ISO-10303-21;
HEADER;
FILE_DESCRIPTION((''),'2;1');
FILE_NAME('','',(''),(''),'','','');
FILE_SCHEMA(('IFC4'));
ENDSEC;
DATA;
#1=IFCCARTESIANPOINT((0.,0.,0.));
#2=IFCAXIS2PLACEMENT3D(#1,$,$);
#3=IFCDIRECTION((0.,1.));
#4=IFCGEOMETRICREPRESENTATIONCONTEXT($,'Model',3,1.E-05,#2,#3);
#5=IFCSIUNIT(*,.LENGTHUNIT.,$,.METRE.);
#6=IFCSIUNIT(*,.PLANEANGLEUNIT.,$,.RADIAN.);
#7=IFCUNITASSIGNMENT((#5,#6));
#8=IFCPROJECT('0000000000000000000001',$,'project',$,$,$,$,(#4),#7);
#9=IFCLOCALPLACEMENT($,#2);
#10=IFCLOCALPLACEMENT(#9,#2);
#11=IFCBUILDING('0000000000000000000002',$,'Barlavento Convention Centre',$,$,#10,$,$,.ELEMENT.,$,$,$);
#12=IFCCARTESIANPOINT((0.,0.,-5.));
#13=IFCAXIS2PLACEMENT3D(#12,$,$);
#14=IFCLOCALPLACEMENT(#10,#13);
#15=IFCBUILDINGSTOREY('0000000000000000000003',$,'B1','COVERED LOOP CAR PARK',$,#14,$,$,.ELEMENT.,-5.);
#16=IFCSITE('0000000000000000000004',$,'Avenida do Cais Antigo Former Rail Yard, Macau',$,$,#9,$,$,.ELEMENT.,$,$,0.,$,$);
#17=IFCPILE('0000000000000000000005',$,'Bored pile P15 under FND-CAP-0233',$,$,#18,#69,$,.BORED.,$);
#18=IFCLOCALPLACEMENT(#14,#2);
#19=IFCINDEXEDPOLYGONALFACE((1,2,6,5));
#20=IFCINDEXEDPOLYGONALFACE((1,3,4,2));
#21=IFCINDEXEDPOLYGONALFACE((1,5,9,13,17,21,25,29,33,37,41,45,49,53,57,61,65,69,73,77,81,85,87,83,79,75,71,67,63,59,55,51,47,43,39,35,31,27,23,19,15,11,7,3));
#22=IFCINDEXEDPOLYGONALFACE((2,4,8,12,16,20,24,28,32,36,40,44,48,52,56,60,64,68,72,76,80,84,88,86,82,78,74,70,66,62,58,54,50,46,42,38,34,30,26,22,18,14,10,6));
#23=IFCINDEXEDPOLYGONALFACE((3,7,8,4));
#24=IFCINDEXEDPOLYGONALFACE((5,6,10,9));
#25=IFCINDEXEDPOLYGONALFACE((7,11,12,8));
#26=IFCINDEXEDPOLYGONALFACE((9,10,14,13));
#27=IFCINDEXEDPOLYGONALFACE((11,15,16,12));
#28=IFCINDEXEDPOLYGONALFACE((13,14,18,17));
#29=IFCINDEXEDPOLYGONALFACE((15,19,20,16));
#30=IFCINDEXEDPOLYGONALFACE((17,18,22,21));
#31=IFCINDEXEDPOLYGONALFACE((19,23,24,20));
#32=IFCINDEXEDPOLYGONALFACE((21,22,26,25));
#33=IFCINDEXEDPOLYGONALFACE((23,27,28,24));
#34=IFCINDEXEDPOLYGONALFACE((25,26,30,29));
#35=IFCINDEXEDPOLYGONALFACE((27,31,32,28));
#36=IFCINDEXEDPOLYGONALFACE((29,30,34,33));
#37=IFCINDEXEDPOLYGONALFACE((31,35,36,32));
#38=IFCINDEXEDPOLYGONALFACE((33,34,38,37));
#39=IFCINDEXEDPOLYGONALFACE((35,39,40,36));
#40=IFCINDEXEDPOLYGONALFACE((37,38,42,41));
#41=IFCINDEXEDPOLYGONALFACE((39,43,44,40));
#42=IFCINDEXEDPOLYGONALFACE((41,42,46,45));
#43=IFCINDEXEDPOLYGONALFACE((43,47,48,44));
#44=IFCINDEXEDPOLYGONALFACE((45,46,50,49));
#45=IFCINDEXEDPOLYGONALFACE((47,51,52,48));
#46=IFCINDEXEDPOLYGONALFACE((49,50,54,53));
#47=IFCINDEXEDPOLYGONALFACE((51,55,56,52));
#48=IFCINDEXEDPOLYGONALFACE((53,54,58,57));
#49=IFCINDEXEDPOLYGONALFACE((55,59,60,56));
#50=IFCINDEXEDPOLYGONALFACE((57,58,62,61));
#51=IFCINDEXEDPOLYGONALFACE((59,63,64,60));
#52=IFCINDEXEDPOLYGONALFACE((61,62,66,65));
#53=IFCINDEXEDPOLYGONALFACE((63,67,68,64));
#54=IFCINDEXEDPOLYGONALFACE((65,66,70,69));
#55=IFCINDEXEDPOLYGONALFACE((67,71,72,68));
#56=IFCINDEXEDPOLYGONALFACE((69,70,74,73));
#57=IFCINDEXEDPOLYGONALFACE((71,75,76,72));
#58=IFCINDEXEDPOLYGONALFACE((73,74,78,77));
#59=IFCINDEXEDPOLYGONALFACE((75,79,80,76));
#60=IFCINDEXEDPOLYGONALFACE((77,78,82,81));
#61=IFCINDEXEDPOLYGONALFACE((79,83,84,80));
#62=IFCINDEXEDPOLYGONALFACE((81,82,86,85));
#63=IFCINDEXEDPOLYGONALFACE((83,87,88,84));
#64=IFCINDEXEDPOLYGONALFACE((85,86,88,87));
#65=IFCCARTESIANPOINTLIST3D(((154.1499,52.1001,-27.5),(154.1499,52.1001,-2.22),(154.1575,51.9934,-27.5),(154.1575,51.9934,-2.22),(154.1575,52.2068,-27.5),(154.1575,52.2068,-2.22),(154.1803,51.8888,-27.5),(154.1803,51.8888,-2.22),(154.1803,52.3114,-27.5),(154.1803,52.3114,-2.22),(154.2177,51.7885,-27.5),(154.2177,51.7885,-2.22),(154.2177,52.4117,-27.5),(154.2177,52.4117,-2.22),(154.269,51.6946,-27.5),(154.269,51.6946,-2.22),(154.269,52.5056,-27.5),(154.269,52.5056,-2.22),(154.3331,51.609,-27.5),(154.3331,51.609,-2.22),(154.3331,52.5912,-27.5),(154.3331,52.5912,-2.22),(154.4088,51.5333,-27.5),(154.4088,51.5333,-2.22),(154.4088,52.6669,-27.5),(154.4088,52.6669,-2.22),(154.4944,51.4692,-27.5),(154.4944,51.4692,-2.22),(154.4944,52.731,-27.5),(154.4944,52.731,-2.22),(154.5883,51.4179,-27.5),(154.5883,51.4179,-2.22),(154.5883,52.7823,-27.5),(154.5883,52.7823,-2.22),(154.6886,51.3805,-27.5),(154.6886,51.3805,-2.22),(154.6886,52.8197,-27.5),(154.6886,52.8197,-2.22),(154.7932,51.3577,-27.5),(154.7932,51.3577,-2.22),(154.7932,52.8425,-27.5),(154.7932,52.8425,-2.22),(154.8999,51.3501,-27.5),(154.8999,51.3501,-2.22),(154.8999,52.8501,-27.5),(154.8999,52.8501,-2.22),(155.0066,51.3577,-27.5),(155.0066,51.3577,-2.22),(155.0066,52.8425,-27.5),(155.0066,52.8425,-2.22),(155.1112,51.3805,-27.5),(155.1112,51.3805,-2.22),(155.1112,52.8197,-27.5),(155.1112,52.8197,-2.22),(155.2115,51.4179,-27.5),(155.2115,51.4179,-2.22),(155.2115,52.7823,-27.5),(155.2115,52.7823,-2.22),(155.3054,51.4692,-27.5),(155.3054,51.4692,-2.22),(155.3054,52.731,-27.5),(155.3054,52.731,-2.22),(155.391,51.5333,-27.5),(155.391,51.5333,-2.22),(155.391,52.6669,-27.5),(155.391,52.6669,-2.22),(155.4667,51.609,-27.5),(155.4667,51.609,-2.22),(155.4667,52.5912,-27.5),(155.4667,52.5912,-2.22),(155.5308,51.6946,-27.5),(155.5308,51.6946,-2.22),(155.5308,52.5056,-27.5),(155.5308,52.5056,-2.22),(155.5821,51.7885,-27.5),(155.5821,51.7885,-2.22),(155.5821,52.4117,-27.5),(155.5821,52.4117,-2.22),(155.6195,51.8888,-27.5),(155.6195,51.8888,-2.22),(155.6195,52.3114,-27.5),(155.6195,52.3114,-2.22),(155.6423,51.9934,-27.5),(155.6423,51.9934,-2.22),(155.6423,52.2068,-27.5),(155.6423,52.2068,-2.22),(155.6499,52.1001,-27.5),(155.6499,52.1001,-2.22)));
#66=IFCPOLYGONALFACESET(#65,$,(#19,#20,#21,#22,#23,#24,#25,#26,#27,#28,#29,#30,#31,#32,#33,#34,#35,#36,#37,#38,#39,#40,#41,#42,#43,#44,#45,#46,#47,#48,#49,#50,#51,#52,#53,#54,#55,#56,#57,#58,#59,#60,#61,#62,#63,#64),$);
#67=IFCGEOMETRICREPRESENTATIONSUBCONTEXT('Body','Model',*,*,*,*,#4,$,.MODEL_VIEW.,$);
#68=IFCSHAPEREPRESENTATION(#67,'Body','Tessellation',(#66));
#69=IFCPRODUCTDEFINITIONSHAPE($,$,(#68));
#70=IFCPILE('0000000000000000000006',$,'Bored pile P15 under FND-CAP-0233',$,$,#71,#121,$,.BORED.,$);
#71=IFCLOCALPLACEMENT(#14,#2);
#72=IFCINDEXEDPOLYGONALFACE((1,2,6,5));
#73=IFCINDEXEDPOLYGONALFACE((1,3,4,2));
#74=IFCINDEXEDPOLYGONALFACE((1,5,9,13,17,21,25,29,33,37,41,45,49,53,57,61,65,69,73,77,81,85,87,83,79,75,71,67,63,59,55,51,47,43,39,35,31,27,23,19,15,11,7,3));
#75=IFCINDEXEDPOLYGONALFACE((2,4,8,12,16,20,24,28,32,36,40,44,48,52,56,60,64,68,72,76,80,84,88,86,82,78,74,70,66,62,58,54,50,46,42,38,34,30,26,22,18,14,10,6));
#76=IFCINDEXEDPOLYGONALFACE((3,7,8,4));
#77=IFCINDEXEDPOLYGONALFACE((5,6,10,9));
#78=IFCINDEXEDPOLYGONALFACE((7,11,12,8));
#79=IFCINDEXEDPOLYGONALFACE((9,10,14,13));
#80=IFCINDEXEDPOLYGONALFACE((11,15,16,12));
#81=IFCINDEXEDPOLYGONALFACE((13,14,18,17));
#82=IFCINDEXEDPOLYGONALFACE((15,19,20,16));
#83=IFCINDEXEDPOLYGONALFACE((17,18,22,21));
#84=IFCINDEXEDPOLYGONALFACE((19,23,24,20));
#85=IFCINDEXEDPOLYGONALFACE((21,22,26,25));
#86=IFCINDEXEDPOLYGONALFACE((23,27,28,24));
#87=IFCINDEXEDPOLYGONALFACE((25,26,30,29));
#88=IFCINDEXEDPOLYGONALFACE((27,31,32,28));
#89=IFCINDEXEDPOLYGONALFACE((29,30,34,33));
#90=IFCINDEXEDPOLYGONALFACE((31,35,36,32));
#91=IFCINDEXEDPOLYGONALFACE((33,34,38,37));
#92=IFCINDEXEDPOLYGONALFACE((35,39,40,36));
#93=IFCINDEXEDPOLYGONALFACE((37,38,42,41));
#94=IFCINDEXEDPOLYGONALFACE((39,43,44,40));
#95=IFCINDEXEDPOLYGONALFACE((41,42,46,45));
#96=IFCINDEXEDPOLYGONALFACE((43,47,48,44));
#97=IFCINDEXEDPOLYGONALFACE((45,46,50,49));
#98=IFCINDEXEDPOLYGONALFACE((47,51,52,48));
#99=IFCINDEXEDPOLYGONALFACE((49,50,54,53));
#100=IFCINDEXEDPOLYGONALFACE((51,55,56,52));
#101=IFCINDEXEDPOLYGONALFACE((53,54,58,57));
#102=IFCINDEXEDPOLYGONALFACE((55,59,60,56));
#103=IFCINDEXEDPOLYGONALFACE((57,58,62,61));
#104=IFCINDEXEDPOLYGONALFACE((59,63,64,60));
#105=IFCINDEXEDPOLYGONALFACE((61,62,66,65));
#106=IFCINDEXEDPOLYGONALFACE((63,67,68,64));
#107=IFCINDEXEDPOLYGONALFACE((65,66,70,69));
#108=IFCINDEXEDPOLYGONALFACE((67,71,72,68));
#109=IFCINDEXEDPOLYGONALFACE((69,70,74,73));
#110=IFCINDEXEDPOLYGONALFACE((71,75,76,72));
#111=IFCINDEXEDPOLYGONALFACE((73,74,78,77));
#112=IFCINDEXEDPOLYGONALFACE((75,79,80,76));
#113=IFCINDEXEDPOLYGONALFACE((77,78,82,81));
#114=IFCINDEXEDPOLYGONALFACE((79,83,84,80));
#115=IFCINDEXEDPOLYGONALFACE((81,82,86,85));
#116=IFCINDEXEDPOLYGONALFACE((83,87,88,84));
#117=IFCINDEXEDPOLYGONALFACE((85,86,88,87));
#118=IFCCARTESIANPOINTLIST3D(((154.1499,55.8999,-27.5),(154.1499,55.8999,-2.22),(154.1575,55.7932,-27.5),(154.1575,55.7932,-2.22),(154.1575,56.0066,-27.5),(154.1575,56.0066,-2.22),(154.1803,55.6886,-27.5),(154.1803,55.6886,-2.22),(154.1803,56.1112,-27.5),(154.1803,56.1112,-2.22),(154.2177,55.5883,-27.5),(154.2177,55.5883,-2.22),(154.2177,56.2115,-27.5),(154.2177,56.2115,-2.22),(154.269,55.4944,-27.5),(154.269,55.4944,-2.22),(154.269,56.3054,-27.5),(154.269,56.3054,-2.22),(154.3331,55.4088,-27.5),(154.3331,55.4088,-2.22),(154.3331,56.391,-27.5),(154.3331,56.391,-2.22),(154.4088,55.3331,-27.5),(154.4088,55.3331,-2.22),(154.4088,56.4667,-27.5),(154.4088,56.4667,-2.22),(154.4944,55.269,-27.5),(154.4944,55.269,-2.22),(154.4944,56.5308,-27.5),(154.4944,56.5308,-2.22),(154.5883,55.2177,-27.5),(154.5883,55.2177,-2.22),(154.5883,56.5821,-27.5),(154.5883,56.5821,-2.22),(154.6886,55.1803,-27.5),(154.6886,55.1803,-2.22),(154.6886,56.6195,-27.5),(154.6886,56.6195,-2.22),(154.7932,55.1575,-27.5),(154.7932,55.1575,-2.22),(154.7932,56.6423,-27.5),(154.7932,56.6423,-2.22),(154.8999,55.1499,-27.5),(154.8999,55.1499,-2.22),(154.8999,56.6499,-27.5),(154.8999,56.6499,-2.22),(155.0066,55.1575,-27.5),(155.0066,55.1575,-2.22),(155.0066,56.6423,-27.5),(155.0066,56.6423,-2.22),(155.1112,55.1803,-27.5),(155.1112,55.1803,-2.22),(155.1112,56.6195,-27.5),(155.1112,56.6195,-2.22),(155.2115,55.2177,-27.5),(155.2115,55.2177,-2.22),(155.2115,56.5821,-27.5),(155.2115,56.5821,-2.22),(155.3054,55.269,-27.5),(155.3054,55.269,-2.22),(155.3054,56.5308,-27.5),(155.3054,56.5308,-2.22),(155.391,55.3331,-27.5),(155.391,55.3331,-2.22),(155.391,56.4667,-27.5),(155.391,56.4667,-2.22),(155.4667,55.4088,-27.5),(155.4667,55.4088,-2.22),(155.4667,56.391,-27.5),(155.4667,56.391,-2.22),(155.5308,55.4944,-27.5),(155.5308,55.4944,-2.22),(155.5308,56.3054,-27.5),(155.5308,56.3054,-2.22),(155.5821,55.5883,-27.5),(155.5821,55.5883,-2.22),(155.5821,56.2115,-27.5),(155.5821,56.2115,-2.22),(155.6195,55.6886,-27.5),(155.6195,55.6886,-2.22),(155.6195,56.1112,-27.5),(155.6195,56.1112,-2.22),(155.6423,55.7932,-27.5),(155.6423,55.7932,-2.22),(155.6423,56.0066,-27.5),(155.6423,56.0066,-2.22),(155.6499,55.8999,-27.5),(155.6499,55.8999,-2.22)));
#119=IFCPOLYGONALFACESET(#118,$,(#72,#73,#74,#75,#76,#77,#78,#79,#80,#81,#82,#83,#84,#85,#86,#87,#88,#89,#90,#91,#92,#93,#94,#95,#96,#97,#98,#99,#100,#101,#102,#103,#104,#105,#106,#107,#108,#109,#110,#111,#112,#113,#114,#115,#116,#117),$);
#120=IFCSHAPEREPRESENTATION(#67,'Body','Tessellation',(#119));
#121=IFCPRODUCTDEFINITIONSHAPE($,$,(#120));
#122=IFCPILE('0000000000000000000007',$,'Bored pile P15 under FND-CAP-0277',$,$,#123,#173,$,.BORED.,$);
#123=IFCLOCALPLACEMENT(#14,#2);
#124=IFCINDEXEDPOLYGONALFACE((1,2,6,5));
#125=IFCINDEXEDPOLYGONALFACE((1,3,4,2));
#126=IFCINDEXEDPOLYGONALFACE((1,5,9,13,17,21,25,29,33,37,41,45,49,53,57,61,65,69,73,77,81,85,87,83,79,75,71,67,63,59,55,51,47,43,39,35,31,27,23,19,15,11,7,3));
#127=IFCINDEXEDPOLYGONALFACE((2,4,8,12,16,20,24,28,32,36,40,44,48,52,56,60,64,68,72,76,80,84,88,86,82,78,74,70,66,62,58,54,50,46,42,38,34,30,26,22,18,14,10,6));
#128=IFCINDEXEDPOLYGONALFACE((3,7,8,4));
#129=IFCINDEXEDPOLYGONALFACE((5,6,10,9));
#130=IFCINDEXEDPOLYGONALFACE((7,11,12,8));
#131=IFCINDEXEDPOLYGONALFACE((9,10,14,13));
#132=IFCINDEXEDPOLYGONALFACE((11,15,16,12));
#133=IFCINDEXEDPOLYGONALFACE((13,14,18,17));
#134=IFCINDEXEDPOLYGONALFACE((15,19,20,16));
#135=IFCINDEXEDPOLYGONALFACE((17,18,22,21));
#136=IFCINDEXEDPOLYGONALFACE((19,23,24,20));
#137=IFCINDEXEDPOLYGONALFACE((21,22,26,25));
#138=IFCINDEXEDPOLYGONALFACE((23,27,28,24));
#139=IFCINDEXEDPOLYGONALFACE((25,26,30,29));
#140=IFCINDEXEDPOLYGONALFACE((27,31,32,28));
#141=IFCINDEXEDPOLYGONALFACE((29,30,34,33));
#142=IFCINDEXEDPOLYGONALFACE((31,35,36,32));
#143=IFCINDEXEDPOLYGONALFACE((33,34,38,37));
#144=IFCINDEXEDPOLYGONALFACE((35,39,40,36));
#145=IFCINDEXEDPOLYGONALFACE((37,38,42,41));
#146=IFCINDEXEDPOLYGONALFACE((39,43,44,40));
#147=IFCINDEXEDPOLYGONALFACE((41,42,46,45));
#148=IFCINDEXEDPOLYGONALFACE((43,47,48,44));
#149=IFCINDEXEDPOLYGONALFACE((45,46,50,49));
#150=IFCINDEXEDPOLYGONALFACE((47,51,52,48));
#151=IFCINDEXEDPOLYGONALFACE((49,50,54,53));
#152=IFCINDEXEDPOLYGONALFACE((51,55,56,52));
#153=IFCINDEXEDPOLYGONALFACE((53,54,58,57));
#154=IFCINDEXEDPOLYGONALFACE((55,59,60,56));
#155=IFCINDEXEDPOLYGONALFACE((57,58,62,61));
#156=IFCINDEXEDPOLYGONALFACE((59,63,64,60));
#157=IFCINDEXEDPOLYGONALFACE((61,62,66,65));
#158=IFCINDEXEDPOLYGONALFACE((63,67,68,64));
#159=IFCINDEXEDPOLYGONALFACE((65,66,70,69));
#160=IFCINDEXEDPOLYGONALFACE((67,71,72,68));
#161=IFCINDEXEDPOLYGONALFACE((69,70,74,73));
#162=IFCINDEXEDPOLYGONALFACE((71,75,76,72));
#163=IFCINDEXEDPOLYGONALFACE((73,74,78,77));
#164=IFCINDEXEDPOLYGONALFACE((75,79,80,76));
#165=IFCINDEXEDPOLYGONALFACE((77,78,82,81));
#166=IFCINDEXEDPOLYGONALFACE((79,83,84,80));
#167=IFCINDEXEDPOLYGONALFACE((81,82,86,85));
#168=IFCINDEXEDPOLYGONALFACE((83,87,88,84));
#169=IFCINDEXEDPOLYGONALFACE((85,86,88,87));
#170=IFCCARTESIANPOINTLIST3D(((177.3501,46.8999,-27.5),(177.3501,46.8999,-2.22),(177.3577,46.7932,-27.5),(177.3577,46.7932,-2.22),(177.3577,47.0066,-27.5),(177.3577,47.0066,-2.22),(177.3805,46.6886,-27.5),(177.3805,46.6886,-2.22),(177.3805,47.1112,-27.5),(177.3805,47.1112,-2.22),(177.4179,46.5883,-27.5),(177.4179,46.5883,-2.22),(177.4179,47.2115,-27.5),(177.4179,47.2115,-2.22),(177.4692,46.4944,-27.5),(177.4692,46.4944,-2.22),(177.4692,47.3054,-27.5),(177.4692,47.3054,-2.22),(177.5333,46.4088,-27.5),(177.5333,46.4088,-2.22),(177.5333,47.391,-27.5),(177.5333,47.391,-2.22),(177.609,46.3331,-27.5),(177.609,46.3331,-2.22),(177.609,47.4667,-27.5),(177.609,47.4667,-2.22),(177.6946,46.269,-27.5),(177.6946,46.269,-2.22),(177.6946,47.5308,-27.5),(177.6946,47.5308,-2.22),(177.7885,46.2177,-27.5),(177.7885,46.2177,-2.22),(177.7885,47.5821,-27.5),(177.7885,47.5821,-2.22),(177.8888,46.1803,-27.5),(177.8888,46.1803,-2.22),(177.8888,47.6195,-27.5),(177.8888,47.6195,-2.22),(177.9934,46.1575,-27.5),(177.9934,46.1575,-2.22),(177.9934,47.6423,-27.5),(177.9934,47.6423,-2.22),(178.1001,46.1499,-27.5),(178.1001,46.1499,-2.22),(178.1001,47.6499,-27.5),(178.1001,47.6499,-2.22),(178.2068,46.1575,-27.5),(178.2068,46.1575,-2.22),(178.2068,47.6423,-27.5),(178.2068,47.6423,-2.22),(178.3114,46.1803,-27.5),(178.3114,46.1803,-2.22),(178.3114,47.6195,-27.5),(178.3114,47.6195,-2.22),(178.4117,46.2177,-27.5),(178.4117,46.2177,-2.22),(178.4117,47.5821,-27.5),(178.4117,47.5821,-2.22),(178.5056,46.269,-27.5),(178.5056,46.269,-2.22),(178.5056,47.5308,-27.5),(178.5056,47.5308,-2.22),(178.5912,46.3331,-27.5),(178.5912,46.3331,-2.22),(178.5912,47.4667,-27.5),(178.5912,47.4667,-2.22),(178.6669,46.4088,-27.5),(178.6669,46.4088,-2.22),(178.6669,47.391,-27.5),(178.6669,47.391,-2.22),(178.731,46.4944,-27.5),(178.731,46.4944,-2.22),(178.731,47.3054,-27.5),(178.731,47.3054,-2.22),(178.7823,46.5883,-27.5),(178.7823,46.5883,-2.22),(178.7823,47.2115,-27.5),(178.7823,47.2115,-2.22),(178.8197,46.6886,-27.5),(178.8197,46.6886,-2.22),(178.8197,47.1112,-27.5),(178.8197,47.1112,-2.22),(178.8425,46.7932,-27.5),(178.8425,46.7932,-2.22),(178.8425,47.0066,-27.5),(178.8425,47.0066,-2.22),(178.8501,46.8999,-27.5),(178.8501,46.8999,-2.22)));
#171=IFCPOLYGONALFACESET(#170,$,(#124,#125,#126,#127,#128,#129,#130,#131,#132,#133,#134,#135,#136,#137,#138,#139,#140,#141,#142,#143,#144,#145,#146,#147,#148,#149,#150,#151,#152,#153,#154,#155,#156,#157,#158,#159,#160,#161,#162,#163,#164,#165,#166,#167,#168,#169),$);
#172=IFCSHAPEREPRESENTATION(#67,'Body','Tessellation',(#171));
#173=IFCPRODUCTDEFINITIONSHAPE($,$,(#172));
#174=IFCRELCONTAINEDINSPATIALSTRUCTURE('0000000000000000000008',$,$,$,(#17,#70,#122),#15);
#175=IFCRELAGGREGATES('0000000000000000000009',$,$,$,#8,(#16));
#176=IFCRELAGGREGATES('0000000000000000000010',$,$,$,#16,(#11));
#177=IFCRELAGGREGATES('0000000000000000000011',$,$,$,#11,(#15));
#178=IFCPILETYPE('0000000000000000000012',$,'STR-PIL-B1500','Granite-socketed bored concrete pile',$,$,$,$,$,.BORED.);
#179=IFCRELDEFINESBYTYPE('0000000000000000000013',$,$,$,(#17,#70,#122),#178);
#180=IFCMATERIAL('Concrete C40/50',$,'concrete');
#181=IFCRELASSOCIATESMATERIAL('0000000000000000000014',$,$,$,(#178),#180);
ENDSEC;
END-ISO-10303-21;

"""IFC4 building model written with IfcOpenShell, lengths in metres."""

from ifc_helpers import new_model, si_unit, direction, frame, origin, origin_2d, place, context, subcontext, project, spatial, circle, extrude, material, material_profile, profile_set, type_object, element, save


model = new_model("IFC4")

# Units and contexts
model_context = context("Model", 3, precision=1e-05, world=origin(), true_north=direction((0.0, 1.0)))
body_context = subcontext(model_context, "Body", "Model", "MODEL_VIEW")
ifc_project = project(units=[si_unit("LENGTHUNIT", "METRE"), si_unit("PLANEANGLEUNIT", "RADIAN")], contexts=[model_context])

# Site, building, storey
site_placement = place(None, origin())
site = spatial("IfcSite", under=ifc_project, at=site_placement, Name="Avenida do Cais Antigo Former Rail Yard, Macau", CompositionType="ELEMENT", RefElevation=0.0)
building_placement = place(site_placement, origin())
building = spatial("IfcBuilding", under=site, at=building_placement, Name="Barlavento Convention Centre", CompositionType="ELEMENT")
storey_placement = place(building_placement, frame((0.0, 0.0, -5.0)))
storey = spatial("IfcBuildingStorey", under=building, at=storey_placement, Name="B1", Description="COVERED LOOP CAR PARK", CompositionType="ELEMENT", Elevation=-5.0)

# Shared definitions
ifc_material_1 = material(Name="Concrete C40/50", Category="concrete")

# Piles
ifc_material_profile_1 = material_profile(ifc_material_1, circle(Radius=0.75, at=origin_2d()), Name="BORED PILE 1500")
ifc_profile_set_1 = profile_set([ifc_material_profile_1], Name="Concrete C40/50")
pile_type_1 = type_object("IfcPileType", Name="STR-PIL-B1500", Description="Granite-socketed bored concrete pile", PredefinedType="BORED", material=ifc_profile_set_1)
for number, where, z_axis, x_axis, name in (
    (1, (154.8999, 52.1001, -2.22), (0.0, 0.0, -1.0), (1.0, 0.0, 0.0), "Bored pile P15 under FND-CAP-0233"),
    (2, (154.8999, 55.8999, -2.22), (0.0, 0.0, -1.0), (1.0, 0.0, 0.0), "Bored pile P15 under FND-CAP-0233"),
    (3, (178.1001, 46.8999, -2.22), (0.0, 0.0, -1.0), (1.0, 0.0, 0.0), "Bored pile P15 under FND-CAP-0277"),
):
    element("IfcPile", number, at=place(storey_placement, frame(where, z_axis=z_axis, x_axis=x_axis)), inside=storey, type_object=pile_type_1, Name=name, PredefinedType="BORED", context=body_context, shape_type="SweptSolid", body=[
        extrude(circle(Radius=0.75, at=origin_2d()), origin(), (0.0, 0.0, 1.0), 25.28),
    ])

save(model, "model.ifc")
